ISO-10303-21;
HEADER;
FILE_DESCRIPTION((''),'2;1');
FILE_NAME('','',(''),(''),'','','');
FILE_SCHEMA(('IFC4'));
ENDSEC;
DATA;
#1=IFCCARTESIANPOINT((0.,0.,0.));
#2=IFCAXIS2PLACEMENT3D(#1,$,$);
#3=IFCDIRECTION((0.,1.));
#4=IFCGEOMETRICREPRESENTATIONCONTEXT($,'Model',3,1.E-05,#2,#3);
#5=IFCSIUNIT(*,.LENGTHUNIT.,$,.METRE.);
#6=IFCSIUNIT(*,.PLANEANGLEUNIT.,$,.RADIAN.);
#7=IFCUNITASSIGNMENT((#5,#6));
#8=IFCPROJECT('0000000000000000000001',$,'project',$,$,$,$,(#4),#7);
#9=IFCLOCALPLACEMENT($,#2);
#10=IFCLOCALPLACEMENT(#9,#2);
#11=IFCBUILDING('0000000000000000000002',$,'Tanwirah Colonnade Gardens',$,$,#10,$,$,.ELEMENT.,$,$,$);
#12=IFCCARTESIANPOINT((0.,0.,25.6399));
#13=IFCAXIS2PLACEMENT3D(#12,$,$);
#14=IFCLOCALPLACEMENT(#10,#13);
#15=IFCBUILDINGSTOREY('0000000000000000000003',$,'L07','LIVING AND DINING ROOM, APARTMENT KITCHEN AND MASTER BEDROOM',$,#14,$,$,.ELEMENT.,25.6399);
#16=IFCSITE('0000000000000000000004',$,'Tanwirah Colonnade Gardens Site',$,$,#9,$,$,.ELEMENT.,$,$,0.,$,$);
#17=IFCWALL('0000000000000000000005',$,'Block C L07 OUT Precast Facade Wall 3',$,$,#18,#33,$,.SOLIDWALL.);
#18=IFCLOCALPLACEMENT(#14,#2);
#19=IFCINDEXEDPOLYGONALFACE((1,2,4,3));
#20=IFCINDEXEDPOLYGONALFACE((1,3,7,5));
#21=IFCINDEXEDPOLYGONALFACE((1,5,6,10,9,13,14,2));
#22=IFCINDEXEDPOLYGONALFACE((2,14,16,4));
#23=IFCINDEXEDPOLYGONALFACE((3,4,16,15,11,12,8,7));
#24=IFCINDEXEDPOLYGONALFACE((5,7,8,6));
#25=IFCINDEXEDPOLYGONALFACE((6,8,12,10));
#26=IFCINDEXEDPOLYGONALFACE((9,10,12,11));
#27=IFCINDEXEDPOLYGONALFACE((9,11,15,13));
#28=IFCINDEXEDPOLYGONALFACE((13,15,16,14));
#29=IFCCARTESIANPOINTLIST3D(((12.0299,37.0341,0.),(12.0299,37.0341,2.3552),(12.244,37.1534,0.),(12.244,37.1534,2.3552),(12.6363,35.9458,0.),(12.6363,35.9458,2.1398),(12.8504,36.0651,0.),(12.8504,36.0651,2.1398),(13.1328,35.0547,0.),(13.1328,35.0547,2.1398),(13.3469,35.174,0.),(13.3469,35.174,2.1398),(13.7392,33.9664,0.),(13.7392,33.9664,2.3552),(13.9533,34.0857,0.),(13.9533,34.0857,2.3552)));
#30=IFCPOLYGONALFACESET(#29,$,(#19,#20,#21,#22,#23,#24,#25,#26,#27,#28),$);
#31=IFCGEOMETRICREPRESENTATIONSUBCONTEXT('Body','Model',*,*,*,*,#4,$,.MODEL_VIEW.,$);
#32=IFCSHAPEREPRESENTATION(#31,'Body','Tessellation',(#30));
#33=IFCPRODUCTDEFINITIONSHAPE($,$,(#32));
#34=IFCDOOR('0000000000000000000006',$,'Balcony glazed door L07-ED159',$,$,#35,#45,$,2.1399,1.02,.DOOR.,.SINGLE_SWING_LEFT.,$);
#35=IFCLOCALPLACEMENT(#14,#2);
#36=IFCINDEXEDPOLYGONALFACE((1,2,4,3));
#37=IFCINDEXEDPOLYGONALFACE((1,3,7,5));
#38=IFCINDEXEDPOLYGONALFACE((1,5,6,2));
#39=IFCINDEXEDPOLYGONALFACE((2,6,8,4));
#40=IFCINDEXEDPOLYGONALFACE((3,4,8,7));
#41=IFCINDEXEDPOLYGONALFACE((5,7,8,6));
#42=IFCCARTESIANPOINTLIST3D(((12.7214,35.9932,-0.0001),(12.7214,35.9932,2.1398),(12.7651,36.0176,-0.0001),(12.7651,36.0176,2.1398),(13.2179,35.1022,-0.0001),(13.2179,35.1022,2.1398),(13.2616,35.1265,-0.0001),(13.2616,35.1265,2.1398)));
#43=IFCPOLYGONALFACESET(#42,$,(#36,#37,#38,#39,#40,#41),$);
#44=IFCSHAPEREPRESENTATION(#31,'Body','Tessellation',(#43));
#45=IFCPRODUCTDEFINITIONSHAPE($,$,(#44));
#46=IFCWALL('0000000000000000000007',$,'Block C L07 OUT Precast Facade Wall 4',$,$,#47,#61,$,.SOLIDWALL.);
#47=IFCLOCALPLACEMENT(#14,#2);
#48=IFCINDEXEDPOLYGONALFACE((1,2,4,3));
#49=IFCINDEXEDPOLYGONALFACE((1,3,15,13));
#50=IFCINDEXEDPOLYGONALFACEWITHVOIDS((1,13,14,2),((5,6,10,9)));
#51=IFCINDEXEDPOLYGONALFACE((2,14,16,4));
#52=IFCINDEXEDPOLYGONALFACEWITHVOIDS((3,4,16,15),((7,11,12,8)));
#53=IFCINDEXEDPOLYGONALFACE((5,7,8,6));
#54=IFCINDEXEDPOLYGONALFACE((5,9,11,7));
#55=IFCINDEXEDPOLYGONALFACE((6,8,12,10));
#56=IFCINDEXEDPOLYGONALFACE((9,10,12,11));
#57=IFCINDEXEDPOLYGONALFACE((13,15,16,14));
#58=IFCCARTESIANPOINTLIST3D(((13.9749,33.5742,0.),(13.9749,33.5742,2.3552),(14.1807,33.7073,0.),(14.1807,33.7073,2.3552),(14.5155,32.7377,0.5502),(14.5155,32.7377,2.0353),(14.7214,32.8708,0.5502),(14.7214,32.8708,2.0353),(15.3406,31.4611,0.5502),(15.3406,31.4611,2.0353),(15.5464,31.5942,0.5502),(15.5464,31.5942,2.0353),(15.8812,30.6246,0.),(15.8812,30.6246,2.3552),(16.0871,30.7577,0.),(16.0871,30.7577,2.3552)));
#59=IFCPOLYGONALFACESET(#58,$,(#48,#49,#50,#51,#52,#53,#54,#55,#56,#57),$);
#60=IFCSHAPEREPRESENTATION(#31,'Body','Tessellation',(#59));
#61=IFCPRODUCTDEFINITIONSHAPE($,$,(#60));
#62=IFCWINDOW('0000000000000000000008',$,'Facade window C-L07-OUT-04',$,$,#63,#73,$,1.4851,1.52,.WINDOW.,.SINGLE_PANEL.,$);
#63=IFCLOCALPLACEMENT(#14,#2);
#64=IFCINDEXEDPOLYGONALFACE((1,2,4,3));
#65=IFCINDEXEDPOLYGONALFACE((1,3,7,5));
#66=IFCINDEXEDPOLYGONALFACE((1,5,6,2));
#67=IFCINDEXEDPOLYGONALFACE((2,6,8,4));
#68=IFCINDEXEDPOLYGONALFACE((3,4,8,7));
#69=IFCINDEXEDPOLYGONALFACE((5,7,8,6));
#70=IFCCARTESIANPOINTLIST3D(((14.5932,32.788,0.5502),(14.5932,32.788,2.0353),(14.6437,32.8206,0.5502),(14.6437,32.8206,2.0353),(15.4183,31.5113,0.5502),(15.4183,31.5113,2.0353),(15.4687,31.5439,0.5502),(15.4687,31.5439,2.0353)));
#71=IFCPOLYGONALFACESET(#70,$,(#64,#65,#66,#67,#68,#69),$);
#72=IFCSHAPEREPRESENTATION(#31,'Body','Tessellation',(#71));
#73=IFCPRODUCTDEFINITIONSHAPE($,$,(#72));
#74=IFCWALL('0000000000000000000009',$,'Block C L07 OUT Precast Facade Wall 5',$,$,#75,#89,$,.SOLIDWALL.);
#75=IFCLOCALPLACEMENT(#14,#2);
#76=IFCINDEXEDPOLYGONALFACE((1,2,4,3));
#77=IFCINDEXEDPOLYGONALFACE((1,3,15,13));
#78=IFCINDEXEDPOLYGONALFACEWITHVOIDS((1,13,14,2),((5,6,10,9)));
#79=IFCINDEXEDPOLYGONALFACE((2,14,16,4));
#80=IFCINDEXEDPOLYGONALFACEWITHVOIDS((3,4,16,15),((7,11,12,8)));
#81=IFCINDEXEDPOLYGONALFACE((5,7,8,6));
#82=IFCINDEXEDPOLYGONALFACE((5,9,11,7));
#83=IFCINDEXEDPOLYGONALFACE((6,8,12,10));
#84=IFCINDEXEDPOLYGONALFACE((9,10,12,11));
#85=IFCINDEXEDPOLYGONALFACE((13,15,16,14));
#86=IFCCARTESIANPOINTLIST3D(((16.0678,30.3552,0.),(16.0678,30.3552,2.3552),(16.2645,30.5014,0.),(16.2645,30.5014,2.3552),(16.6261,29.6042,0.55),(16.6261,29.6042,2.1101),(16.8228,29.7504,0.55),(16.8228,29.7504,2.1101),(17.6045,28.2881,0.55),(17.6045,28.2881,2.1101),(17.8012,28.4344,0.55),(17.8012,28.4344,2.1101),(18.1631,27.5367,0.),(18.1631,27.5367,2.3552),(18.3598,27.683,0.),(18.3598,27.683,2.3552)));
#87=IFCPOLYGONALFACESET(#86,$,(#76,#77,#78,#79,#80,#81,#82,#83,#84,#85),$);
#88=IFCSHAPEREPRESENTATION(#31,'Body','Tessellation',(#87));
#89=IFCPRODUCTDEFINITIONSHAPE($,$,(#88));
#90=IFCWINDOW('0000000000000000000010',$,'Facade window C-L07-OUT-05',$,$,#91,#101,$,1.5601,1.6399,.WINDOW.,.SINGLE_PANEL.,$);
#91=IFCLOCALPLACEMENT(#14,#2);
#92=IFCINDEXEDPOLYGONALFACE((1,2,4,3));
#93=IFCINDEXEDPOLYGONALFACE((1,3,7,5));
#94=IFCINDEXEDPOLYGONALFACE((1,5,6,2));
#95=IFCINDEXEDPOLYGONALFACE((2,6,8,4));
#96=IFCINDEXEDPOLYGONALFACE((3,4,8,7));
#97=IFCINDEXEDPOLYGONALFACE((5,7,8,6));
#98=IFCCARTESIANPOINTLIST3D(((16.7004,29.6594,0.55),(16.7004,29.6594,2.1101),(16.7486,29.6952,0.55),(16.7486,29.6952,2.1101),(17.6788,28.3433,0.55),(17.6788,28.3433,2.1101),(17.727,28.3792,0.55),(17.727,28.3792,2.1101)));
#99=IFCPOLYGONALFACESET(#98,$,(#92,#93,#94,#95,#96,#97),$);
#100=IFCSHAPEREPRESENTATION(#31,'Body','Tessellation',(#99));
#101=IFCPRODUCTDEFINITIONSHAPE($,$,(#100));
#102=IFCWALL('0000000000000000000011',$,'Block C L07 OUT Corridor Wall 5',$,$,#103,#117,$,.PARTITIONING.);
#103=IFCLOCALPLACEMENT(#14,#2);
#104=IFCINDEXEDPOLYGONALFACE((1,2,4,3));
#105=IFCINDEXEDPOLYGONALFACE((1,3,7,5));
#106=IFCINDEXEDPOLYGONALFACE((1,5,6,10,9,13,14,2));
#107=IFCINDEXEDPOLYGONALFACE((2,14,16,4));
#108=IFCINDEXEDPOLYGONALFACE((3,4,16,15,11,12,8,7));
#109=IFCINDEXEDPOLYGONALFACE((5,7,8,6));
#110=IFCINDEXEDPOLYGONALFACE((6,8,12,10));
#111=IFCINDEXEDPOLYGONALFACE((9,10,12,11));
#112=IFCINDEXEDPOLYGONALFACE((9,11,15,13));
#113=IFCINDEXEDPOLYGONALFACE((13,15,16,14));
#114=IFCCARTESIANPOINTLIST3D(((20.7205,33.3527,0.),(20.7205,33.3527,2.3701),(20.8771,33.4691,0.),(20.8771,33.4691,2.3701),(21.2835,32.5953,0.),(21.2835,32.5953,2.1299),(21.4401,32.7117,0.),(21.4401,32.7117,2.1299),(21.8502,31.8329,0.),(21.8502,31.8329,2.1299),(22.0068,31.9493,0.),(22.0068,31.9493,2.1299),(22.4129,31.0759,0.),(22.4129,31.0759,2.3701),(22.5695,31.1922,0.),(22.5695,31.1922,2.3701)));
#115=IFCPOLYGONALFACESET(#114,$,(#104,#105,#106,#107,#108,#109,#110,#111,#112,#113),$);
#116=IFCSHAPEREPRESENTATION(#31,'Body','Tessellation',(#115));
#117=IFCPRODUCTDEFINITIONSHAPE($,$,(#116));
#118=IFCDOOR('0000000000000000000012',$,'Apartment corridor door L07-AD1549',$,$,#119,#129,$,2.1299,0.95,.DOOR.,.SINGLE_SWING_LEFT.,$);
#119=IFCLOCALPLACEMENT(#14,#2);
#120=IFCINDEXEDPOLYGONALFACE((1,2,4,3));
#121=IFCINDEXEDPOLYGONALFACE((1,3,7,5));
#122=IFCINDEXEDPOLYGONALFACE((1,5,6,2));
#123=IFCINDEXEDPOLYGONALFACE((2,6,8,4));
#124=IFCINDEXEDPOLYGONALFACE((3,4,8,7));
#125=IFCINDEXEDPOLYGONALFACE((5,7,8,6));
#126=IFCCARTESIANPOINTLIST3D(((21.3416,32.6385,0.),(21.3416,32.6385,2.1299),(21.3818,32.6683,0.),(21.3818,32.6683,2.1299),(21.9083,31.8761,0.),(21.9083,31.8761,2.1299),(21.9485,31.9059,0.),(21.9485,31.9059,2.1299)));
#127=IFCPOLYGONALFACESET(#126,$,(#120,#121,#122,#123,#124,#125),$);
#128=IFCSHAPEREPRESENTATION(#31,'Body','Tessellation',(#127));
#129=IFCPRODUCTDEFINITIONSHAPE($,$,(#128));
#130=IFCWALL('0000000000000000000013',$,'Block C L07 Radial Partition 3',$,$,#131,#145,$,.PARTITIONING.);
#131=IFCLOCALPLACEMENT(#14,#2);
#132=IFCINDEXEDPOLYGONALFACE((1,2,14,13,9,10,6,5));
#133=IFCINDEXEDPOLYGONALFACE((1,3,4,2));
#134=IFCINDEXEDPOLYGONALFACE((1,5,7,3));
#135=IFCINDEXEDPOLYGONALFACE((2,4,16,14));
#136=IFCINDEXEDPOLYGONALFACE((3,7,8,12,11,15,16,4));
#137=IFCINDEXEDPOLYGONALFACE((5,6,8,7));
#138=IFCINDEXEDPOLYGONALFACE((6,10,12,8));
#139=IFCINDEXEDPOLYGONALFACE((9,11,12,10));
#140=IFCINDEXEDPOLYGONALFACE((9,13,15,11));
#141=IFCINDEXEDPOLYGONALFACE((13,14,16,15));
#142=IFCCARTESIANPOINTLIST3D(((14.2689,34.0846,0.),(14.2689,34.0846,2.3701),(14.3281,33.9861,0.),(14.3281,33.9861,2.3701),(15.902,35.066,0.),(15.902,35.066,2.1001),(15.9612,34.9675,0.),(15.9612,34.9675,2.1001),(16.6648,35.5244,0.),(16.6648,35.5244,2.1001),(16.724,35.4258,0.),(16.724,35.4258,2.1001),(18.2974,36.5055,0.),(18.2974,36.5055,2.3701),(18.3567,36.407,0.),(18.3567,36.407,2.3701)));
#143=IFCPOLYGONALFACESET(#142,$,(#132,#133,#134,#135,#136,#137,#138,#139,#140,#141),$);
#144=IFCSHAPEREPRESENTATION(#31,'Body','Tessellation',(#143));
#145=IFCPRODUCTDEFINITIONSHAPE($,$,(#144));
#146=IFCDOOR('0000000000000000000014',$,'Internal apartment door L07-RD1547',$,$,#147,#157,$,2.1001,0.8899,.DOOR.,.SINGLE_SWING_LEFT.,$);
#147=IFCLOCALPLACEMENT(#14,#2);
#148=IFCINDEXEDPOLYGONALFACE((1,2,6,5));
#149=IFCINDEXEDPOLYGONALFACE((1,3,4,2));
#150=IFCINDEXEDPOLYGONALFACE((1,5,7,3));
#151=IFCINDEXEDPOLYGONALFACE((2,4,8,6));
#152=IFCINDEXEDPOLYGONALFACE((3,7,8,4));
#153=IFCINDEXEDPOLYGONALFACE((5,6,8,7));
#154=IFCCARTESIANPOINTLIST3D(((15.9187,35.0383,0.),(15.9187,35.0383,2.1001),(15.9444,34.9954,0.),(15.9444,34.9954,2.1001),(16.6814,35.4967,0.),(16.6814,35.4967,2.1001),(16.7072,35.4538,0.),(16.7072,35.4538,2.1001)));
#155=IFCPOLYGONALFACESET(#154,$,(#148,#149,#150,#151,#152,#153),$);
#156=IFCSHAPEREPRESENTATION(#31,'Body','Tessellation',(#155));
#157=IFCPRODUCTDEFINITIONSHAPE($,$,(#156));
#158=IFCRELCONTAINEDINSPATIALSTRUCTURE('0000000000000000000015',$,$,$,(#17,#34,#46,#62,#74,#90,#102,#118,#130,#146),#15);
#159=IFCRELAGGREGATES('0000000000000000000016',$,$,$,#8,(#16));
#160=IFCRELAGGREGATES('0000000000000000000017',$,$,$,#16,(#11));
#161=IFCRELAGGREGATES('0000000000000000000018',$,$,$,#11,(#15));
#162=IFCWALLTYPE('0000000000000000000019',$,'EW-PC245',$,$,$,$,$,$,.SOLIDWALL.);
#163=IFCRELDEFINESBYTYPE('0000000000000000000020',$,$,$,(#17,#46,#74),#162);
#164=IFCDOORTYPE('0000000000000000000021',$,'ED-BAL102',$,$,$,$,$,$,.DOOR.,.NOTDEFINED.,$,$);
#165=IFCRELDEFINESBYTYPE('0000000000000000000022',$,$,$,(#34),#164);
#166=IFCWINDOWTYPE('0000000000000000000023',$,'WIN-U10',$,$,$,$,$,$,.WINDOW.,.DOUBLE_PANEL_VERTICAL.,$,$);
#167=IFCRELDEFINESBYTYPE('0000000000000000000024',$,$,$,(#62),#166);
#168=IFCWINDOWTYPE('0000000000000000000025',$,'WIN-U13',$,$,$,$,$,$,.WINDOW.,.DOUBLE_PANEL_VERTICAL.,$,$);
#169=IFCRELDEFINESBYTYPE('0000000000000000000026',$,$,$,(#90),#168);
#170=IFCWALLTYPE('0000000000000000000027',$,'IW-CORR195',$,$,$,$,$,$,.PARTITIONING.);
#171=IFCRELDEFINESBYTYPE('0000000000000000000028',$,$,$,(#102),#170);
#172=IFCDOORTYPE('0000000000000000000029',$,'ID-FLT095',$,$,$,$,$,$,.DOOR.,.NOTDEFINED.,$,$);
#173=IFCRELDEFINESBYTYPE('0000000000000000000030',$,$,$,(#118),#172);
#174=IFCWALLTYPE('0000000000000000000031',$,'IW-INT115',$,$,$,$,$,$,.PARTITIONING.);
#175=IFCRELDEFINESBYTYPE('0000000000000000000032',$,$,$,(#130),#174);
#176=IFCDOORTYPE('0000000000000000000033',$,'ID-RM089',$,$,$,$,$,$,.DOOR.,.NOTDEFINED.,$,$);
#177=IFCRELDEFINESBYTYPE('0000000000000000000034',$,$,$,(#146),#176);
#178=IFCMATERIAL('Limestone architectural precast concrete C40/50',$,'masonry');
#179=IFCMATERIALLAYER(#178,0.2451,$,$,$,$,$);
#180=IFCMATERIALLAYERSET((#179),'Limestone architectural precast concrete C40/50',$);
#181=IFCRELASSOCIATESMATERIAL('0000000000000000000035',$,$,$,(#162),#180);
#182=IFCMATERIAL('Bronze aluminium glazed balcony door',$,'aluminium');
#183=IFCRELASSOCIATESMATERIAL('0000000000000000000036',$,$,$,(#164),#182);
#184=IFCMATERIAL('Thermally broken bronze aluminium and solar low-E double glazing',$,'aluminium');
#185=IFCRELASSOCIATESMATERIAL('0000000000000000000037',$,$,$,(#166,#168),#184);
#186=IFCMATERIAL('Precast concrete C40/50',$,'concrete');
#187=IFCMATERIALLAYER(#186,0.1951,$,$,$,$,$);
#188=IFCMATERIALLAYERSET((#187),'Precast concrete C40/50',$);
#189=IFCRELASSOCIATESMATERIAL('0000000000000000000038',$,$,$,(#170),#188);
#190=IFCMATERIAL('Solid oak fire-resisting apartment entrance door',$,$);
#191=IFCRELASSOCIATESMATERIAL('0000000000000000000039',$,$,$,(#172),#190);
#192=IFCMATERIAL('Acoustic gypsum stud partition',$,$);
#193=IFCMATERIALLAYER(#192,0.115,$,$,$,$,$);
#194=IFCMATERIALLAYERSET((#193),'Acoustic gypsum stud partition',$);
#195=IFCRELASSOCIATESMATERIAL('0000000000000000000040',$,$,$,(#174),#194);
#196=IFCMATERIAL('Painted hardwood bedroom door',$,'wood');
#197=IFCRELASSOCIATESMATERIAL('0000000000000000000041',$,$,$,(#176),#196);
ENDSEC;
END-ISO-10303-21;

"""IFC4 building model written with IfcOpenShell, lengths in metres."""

from ifc_helpers import new_model, si_unit, direction, frame, frame_2d, origin, place, context, subcontext, project, spatial, rectangle, extrude, material, layer, layer_set, type_object, element, fill, save


model = new_model("IFC4")

# Units and contexts
model_context = context("Model", 3, precision=1e-05, world=origin(), true_north=direction((0.0, 1.0)))
body_context = subcontext(model_context, "Body", "Model", "MODEL_VIEW")
ifc_project = project(units=[si_unit("LENGTHUNIT", "METRE"), si_unit("PLANEANGLEUNIT", "RADIAN")], contexts=[model_context])

# Site, building, storey
site_placement = place(None, origin())
site = spatial("IfcSite", under=ifc_project, at=site_placement, Name="Tanwirah Colonnade Gardens Site", CompositionType="ELEMENT", RefElevation=0.0)
building_placement = place(site_placement, origin())
building = spatial("IfcBuilding", under=site, at=building_placement, Name="Tanwirah Colonnade Gardens", CompositionType="ELEMENT")
storey_placement = place(building_placement, frame((0.0, 0.0, 25.6399)))
storey = spatial("IfcBuildingStorey", under=building, at=storey_placement, Name="L07", Description="LIVING AND DINING ROOM, APARTMENT KITCHEN AND MASTER BEDROOM", CompositionType="ELEMENT", Elevation=25.6399)

# Shared definitions
ifc_material_1 = material(Name="Precast concrete C40/50", Category="concrete")

# Wall, opening, door
ifc_material_2 = material(Name="Limestone architectural precast concrete C40/50", Category="masonry")
ifc_layer_1 = layer(ifc_material_2, 0.2451)
ifc_layer_set_1 = layer_set([ifc_layer_1], Name="Limestone architectural precast concrete C40/50")
wall_type_1 = type_object("IfcWallType", Name="EW-PC245", PredefinedType="SOLIDWALL", material=ifc_layer_set_1)
wall_1_placement = place(storey_placement, frame((12.137, 37.0938, 0.0), z_axis=(0.0, 0.0, 1.0), x_axis=(0.486729, -0.873553, 0.0)))
wall_1 = element("IfcWall", 1, at=wall_1_placement, inside=storey, type_object=wall_type_1, Name="Block C L07 OUT Precast Facade Wall 3", PredefinedType="SOLIDWALL", context=body_context, shape_type="SweptSolid", body=[
    extrude(rectangle(XDim=3.5117, YDim=0.2451, at=frame_2d((1.7559, 0.0))), origin(), (0.0, 0.0, 1.0), 2.3552),
])
opening_1_placement = place(wall_1_placement, frame((1.2458, 0.0, 0.0)))
opening_1 = element("IfcOpeningElement", 2, at=opening_1_placement, cuts=wall_1, PredefinedType="OPENING", context=body_context, shape_type="SweptSolid", body=[
    extrude(rectangle(XDim=1.02, YDim=2.1399, at=frame_2d((0.51, 1.0698))), frame((0.0, 0.1326, 0.0), z_axis=(0.0, -1.0, 0.0), x_axis=(1.0, 0.0, 0.0)), (0.0, 0.0, 1.0), 0.2651),
])
ifc_material_3 = material(Name="Bronze aluminium glazed balcony door", Category="aluminium")
door_type_1 = type_object("IfcDoorType", Name="ED-BAL102", OperationType="NOTDEFINED", PredefinedType="DOOR", material=ifc_material_3)
door_1_placement = place(opening_1_placement, origin())
door_1 = element("IfcDoor", 3, at=door_1_placement, inside=storey, type_object=door_type_1, Name="Balcony glazed door L07-ED159", OperationType="SINGLE_SWING_LEFT", OverallHeight=2.1399, OverallWidth=1.02, PredefinedType="DOOR", context=body_context, shape_type="SweptSolid", body=[
    extrude(rectangle(XDim=1.02, YDim=2.1399, at=frame_2d((0.51, 1.0698))), frame((0.0, 0.0249, 0.0), z_axis=(0.0, -1.0, 0.0), x_axis=(1.0, 0.0, 0.0)), (0.0, 0.0, 1.0), 0.05),
])
fill(opening_1, door_1)

# Walls, openings, windows
wall_2_placement = place(storey_placement, frame((14.0779, 33.6406, 0.0), z_axis=(0.0, 0.0, 1.0), x_axis=(0.542804, -0.839859, 0.0)))
wall_2 = element("IfcWall", 4, at=wall_2_placement, inside=storey, type_object=wall_type_1, Name="Block C L07 OUT Precast Facade Wall 4", PredefinedType="SOLIDWALL", context=body_context, shape_type="SweptSolid", body=[
    extrude(rectangle(XDim=3.512, YDim=0.2451, at=frame_2d((1.7559, 0.0))), origin(), (0.0, 0.0, 1.0), 2.3552),
])
opening_2_placement = place(wall_2_placement, frame((0.9958, 0.0, 0.55)))
opening_2 = element("IfcOpeningElement", 5, at=opening_2_placement, cuts=wall_2, PredefinedType="OPENING", context=body_context, shape_type="SweptSolid", body=[
    extrude(rectangle(XDim=1.52, YDim=1.4851, at=frame_2d((0.76, 0.7427))), frame((0.0, 0.1326, 0.0), z_axis=(0.0, -1.0, 0.0), x_axis=(1.0, 0.0, 0.0)), (0.0, 0.0, 1.0), 0.2651),
])
ifc_material_4 = material(Name="Thermally broken bronze aluminium and solar low-E double glazing", Category="aluminium")
window_type_1 = type_object("IfcWindowType", Name="WIN-U10", PartitioningType="DOUBLE_PANEL_VERTICAL", PredefinedType="WINDOW", material=ifc_material_4)
window_1_placement = place(opening_2_placement, origin())
window_1 = element("IfcWindow", 6, at=window_1_placement, inside=storey, type_object=window_type_1, Name="Facade window C-L07-OUT-04", OverallHeight=1.4851, OverallWidth=1.52, PartitioningType="SINGLE_PANEL", PredefinedType="WINDOW", context=body_context, shape_type="SweptSolid", body=[
    extrude(rectangle(XDim=1.52, YDim=1.4851, at=frame_2d((0.76, 0.7427))), frame((0.0, 0.03, 0.0), z_axis=(0.0, -1.0, 0.0), x_axis=(1.0, 0.0, 0.0)), (0.0, 0.0, 1.0), 0.0601),
])
fill(opening_2, window_1)
wall_3_placement = place(storey_placement, frame((16.1663, 30.4282, 0.0), z_axis=(0.0, 0.0, 1.0), x_axis=(0.596613, -0.802529, 0.0)))
wall_3 = element("IfcWall", 7, at=wall_3_placement, inside=storey, type_object=wall_type_1, Name="Block C L07 OUT Precast Facade Wall 5", PredefinedType="SOLIDWALL", context=body_context, shape_type="SweptSolid", body=[
    extrude(rectangle(XDim=3.512, YDim=0.2451, at=frame_2d((1.7559, 0.0))), origin(), (0.0, 0.0, 1.0), 2.3552),
])
opening_3_placement = place(wall_3_placement, frame((0.9358, 0.0, 0.55)))
opening_3 = element("IfcOpeningElement", 8, at=opening_3_placement, cuts=wall_3, PredefinedType="OPENING", context=body_context, shape_type="SweptSolid", body=[
    extrude(rectangle(XDim=1.6399, YDim=1.5601, at=frame_2d((0.8198, 0.78))), frame((0.0, 0.1326, 0.0), z_axis=(0.0, -1.0, 0.0), x_axis=(1.0, 0.0, 0.0)), (0.0, 0.0, 1.0), 0.2651),
])
window_type_2 = type_object("IfcWindowType", Name="WIN-U13", PartitioningType="DOUBLE_PANEL_VERTICAL", PredefinedType="WINDOW", material=ifc_material_4)
window_2_placement = place(opening_3_placement, origin())
window_2 = element("IfcWindow", 9, at=window_2_placement, inside=storey, type_object=window_type_2, Name="Facade window C-L07-OUT-05", OverallHeight=1.5601, OverallWidth=1.6399, PartitioningType="SINGLE_PANEL", PredefinedType="WINDOW", context=body_context, shape_type="SweptSolid", body=[
    extrude(rectangle(XDim=1.6399, YDim=1.5601, at=frame_2d((0.8198, 0.78))), frame((0.0, 0.03, 0.0), z_axis=(0.0, -1.0, 0.0), x_axis=(1.0, 0.0, 0.0)), (0.0, 0.0, 1.0), 0.0601),
])
fill(opening_3, window_2)

# Walls, openings, doors
ifc_layer_2 = layer(ifc_material_1, 0.1951)
ifc_layer_set_2 = layer_set([ifc_layer_2], Name="Precast concrete C40/50")
wall_type_2 = type_object("IfcWallType", Name="IW-CORR195", PredefinedType="PARTITIONING", material=ifc_layer_set_2)
ifc_material_5 = material(Name="Solid oak fire-resisting apartment entrance door")
wall_4_placement = place(storey_placement, frame((20.7988, 33.4109, 0.0), z_axis=(0.0, 0.0, 1.0), x_axis=(0.596552, -0.802574, 0.0)))
wall_4 = element("IfcWall", 10, at=wall_4_placement, inside=storey, type_object=wall_type_2, Name="Block C L07 OUT Corridor Wall 5", PredefinedType="PARTITIONING", context=body_context, shape_type="SweptSolid", body=[
    extrude(rectangle(XDim=2.8369, YDim=0.1951, at=frame_2d((1.4185, 0.0))), origin(), (0.0, 0.0, 1.0), 2.3701),
])
opening_4_placement = place(wall_4_placement, frame((0.9436, 0.0, 0.0)))
opening_4 = element("IfcOpeningElement", 11, at=opening_4_placement, cuts=wall_4, PredefinedType="OPENING", context=body_context, shape_type="SweptSolid", body=[
    extrude(rectangle(XDim=0.95, YDim=2.1299, at=frame_2d((0.4751, 1.0649))), frame((0.0, 0.1074, 0.0), z_axis=(0.0, -1.0, 0.0), x_axis=(1.0, 0.0, 0.0)), (0.0, 0.0, 1.0), 0.2151),
])
door_type_2 = type_object("IfcDoorType", Name="ID-FLT095", OperationType="NOTDEFINED", PredefinedType="DOOR", material=ifc_material_5)
door_2_placement = place(opening_4_placement, origin())
door_2 = element("IfcDoor", 12, at=door_2_placement, inside=storey, type_object=door_type_2, Name="Apartment corridor door L07-AD1549", OperationType="SINGLE_SWING_LEFT", OverallHeight=2.1299, OverallWidth=0.95, PredefinedType="DOOR", context=body_context, shape_type="SweptSolid", body=[
    extrude(rectangle(XDim=0.95, YDim=2.1299, at=frame_2d((0.4751, 1.0649))), frame((0.0, 0.0249, 0.0), z_axis=(0.0, -1.0, 0.0), x_axis=(1.0, 0.0, 0.0)), (0.0, 0.0, 1.0), 0.05),
])
fill(opening_4, door_2)
ifc_material_6 = material(Name="Acoustic gypsum stud partition")
ifc_layer_3 = layer(ifc_material_6, 0.115)
ifc_layer_set_3 = layer_set([ifc_layer_3], Name="Acoustic gypsum stud partition")
wall_type_3 = type_object("IfcWallType", Name="IW-INT115", PredefinedType="PARTITIONING", material=ifc_layer_set_3)
wall_5_placement = place(storey_placement, frame((18.3271, 36.4563, 0.0), z_axis=(0.0, 0.0, 1.0), x_axis=(-0.85714, -0.515084, 0.0)))
wall_5 = element("IfcWall", 13, at=wall_5_placement, inside=storey, type_object=wall_type_3, Name="Block C L07 Radial Partition 3", PredefinedType="PARTITIONING", context=body_context, shape_type="SweptSolid", body=[
    extrude(rectangle(XDim=4.7, YDim=0.115, at=frame_2d((2.3501, 0.0))), origin(), (0.0, 0.0, 1.0), 2.3701),
])
opening_5_placement = place(wall_5_placement, frame((1.905, 0.0, 0.0)))
opening_5 = element("IfcOpeningElement", 14, at=opening_5_placement, cuts=wall_5, PredefinedType="OPENING", context=body_context, shape_type="SweptSolid", body=[
    extrude(rectangle(XDim=0.8899, YDim=2.1001, at=frame_2d((0.4448, 1.05))), frame((0.0, 0.0674, 0.0), z_axis=(0.0, -1.0, 0.0), x_axis=(1.0, 0.0, 0.0)), (0.0, 0.0, 1.0), 0.135),
])
ifc_material_7 = material(Name="Painted hardwood bedroom door", Category="wood")
door_type_3 = type_object("IfcDoorType", Name="ID-RM089", OperationType="NOTDEFINED", PredefinedType="DOOR", material=ifc_material_7)
door_3_placement = place(opening_5_placement, origin())
door_3 = element("IfcDoor", 15, at=door_3_placement, inside=storey, type_object=door_type_3, Name="Internal apartment door L07-RD1547", OperationType="SINGLE_SWING_LEFT", OverallHeight=2.1001, OverallWidth=0.8899, PredefinedType="DOOR", context=body_context, shape_type="SweptSolid", body=[
    extrude(rectangle(XDim=0.8899, YDim=2.1001, at=frame_2d((0.4448, 1.05))), frame((0.0, 0.0249, 0.0), z_axis=(0.0, -1.0, 0.0), x_axis=(1.0, 0.0, 0.0)), (0.0, 0.0, 1.0), 0.05),
])
fill(opening_5, door_3)

save(model, "model.ifc")
